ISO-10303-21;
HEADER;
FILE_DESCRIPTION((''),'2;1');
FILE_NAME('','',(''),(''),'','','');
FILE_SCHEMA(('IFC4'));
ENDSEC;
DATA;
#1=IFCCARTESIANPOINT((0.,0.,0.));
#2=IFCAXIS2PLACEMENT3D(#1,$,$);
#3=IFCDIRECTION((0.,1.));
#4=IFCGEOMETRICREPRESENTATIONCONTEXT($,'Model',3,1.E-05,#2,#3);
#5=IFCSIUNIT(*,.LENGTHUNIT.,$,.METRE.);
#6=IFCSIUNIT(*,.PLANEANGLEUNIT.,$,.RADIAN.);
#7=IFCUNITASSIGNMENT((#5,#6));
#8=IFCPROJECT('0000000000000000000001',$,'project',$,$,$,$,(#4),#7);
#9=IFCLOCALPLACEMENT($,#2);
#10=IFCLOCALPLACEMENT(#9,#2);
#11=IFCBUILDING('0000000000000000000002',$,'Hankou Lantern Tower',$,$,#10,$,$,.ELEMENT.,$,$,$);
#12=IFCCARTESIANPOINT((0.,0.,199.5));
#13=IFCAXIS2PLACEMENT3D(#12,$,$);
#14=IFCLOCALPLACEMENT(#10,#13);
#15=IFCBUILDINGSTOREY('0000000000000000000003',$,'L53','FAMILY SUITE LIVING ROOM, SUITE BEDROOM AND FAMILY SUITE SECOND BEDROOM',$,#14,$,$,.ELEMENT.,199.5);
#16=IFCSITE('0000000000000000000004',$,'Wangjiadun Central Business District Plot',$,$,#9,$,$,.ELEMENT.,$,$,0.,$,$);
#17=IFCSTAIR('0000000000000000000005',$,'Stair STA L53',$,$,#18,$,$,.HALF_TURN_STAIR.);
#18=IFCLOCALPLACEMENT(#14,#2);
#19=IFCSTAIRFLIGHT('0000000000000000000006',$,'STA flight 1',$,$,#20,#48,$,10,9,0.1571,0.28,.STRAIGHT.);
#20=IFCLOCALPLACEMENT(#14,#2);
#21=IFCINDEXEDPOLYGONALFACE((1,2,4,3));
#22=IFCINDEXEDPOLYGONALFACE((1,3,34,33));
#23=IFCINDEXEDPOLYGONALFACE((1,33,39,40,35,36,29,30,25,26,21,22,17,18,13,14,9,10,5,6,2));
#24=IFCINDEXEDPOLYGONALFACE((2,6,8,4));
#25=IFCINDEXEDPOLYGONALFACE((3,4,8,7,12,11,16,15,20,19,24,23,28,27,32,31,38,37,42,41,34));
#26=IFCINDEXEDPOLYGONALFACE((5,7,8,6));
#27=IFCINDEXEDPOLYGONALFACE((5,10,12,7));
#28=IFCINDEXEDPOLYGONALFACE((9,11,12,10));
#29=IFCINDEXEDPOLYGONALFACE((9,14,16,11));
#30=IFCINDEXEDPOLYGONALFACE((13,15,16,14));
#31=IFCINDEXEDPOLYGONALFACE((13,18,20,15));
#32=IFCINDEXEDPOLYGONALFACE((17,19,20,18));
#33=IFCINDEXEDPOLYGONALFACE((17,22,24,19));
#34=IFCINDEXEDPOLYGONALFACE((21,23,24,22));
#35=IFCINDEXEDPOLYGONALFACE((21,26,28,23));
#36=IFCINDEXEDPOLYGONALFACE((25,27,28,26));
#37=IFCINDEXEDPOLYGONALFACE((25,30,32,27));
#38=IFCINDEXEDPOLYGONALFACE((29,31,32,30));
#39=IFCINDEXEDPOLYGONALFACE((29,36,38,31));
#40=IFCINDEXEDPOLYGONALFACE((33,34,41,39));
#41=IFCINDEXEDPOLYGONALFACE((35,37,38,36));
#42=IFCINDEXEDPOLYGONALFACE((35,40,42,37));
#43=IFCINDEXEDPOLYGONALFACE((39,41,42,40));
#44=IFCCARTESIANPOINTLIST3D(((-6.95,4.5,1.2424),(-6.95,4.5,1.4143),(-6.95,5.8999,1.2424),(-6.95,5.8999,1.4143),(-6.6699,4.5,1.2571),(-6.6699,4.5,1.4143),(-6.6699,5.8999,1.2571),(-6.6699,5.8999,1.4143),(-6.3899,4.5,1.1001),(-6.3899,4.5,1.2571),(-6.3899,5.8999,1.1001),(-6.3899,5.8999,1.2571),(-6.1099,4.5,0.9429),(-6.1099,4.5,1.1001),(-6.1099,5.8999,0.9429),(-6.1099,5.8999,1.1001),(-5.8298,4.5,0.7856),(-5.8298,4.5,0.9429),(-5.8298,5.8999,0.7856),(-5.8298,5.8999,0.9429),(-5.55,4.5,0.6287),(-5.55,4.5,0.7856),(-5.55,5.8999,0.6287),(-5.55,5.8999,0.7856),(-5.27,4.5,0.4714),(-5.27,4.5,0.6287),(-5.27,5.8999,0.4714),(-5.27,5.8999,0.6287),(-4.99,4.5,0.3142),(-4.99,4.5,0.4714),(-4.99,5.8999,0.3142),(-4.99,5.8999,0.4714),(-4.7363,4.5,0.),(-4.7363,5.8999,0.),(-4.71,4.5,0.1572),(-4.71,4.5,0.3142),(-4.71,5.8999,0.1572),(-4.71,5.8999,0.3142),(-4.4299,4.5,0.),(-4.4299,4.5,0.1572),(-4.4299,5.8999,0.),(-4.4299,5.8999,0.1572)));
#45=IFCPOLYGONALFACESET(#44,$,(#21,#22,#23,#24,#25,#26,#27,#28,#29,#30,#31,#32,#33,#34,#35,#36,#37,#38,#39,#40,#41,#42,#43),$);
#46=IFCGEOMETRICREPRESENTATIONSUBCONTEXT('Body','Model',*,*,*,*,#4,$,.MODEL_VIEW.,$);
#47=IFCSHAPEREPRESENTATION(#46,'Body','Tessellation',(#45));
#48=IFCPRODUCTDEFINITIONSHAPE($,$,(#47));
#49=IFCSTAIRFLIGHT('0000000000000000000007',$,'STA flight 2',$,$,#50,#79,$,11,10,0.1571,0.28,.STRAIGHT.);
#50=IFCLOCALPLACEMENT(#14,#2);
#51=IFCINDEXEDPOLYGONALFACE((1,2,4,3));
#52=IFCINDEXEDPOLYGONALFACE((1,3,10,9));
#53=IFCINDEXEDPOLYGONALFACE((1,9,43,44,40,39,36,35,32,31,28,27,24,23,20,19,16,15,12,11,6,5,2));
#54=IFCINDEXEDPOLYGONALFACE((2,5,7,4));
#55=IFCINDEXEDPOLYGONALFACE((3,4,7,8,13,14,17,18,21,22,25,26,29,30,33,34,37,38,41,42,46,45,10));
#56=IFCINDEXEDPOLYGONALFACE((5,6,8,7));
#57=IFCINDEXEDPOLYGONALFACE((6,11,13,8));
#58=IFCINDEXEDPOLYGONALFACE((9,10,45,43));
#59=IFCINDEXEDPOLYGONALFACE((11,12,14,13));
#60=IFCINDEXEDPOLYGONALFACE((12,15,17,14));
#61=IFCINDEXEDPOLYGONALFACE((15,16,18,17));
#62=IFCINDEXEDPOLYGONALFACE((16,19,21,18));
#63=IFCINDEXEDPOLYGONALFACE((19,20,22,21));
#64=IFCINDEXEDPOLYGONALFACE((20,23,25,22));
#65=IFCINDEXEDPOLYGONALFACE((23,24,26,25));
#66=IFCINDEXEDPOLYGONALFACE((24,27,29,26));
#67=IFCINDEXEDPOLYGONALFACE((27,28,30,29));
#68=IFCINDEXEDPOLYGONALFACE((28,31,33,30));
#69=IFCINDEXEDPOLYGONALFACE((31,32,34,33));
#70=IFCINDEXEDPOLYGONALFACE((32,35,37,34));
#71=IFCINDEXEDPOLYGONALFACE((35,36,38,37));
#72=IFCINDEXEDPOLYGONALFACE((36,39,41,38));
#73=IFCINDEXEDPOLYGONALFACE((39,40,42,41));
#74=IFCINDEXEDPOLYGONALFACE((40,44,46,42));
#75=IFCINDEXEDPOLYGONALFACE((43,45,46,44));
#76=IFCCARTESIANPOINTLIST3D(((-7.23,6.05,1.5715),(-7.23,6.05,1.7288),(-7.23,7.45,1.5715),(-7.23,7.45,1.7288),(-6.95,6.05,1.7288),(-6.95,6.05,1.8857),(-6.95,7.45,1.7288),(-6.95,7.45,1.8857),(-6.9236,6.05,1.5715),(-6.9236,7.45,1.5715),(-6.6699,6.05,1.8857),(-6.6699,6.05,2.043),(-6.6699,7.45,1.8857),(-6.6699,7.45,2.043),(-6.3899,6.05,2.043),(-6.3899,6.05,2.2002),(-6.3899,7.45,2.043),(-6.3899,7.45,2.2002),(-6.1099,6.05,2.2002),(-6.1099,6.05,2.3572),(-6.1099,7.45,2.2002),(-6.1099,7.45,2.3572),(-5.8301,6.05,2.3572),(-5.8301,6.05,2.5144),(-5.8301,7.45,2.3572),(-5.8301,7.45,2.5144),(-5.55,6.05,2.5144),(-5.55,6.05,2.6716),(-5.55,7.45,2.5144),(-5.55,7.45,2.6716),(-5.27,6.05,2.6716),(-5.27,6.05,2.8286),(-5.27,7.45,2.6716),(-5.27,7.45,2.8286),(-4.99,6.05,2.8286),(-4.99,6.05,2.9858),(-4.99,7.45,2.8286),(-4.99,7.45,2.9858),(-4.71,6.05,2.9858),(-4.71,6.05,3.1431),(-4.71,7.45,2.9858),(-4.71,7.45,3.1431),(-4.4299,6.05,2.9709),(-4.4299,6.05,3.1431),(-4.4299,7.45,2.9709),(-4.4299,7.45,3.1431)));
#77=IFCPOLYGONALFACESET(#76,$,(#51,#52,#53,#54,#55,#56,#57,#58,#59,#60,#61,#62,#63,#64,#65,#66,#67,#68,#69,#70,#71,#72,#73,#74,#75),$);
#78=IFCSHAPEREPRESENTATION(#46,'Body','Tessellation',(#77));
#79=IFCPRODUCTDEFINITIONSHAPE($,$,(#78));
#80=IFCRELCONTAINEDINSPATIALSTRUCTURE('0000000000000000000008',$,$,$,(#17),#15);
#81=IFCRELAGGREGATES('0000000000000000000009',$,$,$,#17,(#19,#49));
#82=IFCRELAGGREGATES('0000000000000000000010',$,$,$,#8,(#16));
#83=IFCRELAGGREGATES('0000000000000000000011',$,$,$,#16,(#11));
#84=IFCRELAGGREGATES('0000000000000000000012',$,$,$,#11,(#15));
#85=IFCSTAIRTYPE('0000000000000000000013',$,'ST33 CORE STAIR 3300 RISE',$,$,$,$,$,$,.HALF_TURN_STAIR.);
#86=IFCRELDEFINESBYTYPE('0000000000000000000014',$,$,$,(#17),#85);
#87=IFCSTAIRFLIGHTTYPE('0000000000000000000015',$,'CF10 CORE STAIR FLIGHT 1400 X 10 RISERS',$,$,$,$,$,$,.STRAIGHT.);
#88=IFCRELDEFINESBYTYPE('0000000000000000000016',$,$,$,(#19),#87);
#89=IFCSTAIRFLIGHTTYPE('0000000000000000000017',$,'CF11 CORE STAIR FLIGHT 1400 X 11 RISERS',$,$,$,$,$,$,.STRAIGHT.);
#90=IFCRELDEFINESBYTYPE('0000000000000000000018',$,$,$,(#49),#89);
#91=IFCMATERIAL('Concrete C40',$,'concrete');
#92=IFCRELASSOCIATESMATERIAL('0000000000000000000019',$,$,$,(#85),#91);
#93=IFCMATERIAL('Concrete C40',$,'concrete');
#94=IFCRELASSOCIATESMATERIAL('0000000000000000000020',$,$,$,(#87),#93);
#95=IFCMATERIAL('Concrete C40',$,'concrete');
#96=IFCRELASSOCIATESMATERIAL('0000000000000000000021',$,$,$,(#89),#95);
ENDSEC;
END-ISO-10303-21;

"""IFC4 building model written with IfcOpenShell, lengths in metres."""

from ifc_helpers import new_model, si_unit, direction, frame, origin, place, context, subcontext, project, spatial, polyline, outline, extrude, material, type_object, element, aggregate, save


model = new_model("IFC4")

# Units and contexts
model_context = context("Model", 3, precision=1e-05, world=origin(), true_north=direction((0.0, 1.0)))
body_context = subcontext(model_context, "Body", "Model", "MODEL_VIEW")
ifc_project = project(units=[si_unit("LENGTHUNIT", "METRE"), si_unit("PLANEANGLEUNIT", "RADIAN")], contexts=[model_context])

# Site, building, storey
site_placement = place(None, origin())
site = spatial("IfcSite", under=ifc_project, at=site_placement, Name="Wangjiadun Central Business District Plot", CompositionType="ELEMENT", RefElevation=0.0)
building_placement = place(site_placement, origin())
building = spatial("IfcBuilding", under=site, at=building_placement, Name="Hankou Lantern Tower", CompositionType="ELEMENT")
storey_placement = place(building_placement, frame((0.0, 0.0, 199.5)))
storey = spatial("IfcBuildingStorey", under=building, at=storey_placement, Name="L53", Description="FAMILY SUITE LIVING ROOM, SUITE BEDROOM AND FAMILY SUITE SECOND BEDROOM", CompositionType="ELEMENT", Elevation=199.5)

# Stair, stair flights
ifc_material_1 = material(Name="Concrete C40", Category="concrete")
stair_type = type_object("IfcStairType", Name="ST33 CORE STAIR 3300 RISE", PredefinedType="HALF_TURN_STAIR", material=ifc_material_1)
stair_placement = place(storey_placement, origin())
stair = element("IfcStair", 1, at=stair_placement, inside=storey, type_object=stair_type, Name="Stair STA L53", PredefinedType="HALF_TURN_STAIR")
ifc_material_2 = material(Name="Concrete C40", Category="concrete")
stair_flight_type_1 = type_object("IfcStairFlightType", Name="CF10 CORE STAIR FLIGHT 1400 X 10 RISERS", PredefinedType="STRAIGHT", material=ifc_material_2)
stair_flight_1_placement = place(storey_placement, frame((-4.4299, 5.2, 0.0), z_axis=(0.0, 0.0, 1.0), x_axis=(-1.0, 0.0, 0.0)))
stair_flight_1 = element("IfcStairFlight", 2, at=stair_flight_1_placement, type_object=stair_flight_type_1, Name="STA flight 1", NumberOfRisers=10, NumberOfTreads=9, PredefinedType="STRAIGHT", RiserHeight=0.1571, TreadLength=0.28, context=body_context, shape_type="SweptSolid", body=[
    extrude(outline(polyline([(0.0, 0.0), (0.0, 0.1572), (0.28, 0.1572), (0.28, 0.3142), (0.5601, 0.3142), (0.5601, 0.4714), (0.8401, 0.4714), (0.8401, 0.6287), (1.1201, 0.6287), (1.1201, 0.7856), (1.3999, 0.7856), (1.3999, 0.9429), (1.6799, 0.9429), (1.6799, 1.1001), (1.96, 1.1001), (1.96, 1.2571), (2.24, 1.2571), (2.24, 1.4143), (2.52, 1.4143), (2.52, 1.5715), (2.52, 1.2424), (0.3064, 0.0), (0.0, 0.0)])), frame((0.0, 0.7, 0.0), z_axis=(0.0, -1.0, 0.0), x_axis=(1.0, 0.0, 0.0)), (0.0, 0.0, 1.0), 1.3999),
])
ifc_material_3 = material(Name="Concrete C40", Category="concrete")
stair_flight_type_2 = type_object("IfcStairFlightType", Name="CF11 CORE STAIR FLIGHT 1400 X 11 RISERS", PredefinedType="STRAIGHT", material=ifc_material_3)
stair_flight_2_placement = place(storey_placement, frame((-7.23, 6.75, 1.5715), z_axis=(0.0, 0.0, 1.0), x_axis=(1.0, 0.0, 0.0)))
stair_flight_2 = element("IfcStairFlight", 3, at=stair_flight_2_placement, type_object=stair_flight_type_2, Name="STA flight 2", NumberOfRisers=11, NumberOfTreads=10, PredefinedType="STRAIGHT", RiserHeight=0.1571, TreadLength=0.28, context=body_context, shape_type="SweptSolid", body=[
    extrude(outline(polyline([(0.0, 0.0), (0.0, 0.1572), (0.28, 0.1572), (0.28, 0.3142), (0.5601, 0.3142), (0.5601, 0.4714), (0.8401, 0.4714), (0.8401, 0.6287), (1.1201, 0.6287), (1.1201, 0.7856), (1.3999, 0.7856), (1.3999, 0.9429), (1.6799, 0.9429), (1.6799, 1.1001), (1.96, 1.1001), (1.96, 1.2571), (2.24, 1.2571), (2.24, 1.4143), (2.52, 1.4143), (2.52, 1.5715), (2.8, 1.5715), (2.8, 1.7285), (2.8, 1.3994), (0.3064, 0.0), (0.0, 0.0)])), frame((0.0, 0.7, 0.0), z_axis=(0.0, -1.0, 0.0), x_axis=(1.0, 0.0, 0.0)), (0.0, 0.0, 1.0), 1.3999),
])
aggregate(stair, [stair_flight_1, stair_flight_2])

save(model, "model.ifc")
